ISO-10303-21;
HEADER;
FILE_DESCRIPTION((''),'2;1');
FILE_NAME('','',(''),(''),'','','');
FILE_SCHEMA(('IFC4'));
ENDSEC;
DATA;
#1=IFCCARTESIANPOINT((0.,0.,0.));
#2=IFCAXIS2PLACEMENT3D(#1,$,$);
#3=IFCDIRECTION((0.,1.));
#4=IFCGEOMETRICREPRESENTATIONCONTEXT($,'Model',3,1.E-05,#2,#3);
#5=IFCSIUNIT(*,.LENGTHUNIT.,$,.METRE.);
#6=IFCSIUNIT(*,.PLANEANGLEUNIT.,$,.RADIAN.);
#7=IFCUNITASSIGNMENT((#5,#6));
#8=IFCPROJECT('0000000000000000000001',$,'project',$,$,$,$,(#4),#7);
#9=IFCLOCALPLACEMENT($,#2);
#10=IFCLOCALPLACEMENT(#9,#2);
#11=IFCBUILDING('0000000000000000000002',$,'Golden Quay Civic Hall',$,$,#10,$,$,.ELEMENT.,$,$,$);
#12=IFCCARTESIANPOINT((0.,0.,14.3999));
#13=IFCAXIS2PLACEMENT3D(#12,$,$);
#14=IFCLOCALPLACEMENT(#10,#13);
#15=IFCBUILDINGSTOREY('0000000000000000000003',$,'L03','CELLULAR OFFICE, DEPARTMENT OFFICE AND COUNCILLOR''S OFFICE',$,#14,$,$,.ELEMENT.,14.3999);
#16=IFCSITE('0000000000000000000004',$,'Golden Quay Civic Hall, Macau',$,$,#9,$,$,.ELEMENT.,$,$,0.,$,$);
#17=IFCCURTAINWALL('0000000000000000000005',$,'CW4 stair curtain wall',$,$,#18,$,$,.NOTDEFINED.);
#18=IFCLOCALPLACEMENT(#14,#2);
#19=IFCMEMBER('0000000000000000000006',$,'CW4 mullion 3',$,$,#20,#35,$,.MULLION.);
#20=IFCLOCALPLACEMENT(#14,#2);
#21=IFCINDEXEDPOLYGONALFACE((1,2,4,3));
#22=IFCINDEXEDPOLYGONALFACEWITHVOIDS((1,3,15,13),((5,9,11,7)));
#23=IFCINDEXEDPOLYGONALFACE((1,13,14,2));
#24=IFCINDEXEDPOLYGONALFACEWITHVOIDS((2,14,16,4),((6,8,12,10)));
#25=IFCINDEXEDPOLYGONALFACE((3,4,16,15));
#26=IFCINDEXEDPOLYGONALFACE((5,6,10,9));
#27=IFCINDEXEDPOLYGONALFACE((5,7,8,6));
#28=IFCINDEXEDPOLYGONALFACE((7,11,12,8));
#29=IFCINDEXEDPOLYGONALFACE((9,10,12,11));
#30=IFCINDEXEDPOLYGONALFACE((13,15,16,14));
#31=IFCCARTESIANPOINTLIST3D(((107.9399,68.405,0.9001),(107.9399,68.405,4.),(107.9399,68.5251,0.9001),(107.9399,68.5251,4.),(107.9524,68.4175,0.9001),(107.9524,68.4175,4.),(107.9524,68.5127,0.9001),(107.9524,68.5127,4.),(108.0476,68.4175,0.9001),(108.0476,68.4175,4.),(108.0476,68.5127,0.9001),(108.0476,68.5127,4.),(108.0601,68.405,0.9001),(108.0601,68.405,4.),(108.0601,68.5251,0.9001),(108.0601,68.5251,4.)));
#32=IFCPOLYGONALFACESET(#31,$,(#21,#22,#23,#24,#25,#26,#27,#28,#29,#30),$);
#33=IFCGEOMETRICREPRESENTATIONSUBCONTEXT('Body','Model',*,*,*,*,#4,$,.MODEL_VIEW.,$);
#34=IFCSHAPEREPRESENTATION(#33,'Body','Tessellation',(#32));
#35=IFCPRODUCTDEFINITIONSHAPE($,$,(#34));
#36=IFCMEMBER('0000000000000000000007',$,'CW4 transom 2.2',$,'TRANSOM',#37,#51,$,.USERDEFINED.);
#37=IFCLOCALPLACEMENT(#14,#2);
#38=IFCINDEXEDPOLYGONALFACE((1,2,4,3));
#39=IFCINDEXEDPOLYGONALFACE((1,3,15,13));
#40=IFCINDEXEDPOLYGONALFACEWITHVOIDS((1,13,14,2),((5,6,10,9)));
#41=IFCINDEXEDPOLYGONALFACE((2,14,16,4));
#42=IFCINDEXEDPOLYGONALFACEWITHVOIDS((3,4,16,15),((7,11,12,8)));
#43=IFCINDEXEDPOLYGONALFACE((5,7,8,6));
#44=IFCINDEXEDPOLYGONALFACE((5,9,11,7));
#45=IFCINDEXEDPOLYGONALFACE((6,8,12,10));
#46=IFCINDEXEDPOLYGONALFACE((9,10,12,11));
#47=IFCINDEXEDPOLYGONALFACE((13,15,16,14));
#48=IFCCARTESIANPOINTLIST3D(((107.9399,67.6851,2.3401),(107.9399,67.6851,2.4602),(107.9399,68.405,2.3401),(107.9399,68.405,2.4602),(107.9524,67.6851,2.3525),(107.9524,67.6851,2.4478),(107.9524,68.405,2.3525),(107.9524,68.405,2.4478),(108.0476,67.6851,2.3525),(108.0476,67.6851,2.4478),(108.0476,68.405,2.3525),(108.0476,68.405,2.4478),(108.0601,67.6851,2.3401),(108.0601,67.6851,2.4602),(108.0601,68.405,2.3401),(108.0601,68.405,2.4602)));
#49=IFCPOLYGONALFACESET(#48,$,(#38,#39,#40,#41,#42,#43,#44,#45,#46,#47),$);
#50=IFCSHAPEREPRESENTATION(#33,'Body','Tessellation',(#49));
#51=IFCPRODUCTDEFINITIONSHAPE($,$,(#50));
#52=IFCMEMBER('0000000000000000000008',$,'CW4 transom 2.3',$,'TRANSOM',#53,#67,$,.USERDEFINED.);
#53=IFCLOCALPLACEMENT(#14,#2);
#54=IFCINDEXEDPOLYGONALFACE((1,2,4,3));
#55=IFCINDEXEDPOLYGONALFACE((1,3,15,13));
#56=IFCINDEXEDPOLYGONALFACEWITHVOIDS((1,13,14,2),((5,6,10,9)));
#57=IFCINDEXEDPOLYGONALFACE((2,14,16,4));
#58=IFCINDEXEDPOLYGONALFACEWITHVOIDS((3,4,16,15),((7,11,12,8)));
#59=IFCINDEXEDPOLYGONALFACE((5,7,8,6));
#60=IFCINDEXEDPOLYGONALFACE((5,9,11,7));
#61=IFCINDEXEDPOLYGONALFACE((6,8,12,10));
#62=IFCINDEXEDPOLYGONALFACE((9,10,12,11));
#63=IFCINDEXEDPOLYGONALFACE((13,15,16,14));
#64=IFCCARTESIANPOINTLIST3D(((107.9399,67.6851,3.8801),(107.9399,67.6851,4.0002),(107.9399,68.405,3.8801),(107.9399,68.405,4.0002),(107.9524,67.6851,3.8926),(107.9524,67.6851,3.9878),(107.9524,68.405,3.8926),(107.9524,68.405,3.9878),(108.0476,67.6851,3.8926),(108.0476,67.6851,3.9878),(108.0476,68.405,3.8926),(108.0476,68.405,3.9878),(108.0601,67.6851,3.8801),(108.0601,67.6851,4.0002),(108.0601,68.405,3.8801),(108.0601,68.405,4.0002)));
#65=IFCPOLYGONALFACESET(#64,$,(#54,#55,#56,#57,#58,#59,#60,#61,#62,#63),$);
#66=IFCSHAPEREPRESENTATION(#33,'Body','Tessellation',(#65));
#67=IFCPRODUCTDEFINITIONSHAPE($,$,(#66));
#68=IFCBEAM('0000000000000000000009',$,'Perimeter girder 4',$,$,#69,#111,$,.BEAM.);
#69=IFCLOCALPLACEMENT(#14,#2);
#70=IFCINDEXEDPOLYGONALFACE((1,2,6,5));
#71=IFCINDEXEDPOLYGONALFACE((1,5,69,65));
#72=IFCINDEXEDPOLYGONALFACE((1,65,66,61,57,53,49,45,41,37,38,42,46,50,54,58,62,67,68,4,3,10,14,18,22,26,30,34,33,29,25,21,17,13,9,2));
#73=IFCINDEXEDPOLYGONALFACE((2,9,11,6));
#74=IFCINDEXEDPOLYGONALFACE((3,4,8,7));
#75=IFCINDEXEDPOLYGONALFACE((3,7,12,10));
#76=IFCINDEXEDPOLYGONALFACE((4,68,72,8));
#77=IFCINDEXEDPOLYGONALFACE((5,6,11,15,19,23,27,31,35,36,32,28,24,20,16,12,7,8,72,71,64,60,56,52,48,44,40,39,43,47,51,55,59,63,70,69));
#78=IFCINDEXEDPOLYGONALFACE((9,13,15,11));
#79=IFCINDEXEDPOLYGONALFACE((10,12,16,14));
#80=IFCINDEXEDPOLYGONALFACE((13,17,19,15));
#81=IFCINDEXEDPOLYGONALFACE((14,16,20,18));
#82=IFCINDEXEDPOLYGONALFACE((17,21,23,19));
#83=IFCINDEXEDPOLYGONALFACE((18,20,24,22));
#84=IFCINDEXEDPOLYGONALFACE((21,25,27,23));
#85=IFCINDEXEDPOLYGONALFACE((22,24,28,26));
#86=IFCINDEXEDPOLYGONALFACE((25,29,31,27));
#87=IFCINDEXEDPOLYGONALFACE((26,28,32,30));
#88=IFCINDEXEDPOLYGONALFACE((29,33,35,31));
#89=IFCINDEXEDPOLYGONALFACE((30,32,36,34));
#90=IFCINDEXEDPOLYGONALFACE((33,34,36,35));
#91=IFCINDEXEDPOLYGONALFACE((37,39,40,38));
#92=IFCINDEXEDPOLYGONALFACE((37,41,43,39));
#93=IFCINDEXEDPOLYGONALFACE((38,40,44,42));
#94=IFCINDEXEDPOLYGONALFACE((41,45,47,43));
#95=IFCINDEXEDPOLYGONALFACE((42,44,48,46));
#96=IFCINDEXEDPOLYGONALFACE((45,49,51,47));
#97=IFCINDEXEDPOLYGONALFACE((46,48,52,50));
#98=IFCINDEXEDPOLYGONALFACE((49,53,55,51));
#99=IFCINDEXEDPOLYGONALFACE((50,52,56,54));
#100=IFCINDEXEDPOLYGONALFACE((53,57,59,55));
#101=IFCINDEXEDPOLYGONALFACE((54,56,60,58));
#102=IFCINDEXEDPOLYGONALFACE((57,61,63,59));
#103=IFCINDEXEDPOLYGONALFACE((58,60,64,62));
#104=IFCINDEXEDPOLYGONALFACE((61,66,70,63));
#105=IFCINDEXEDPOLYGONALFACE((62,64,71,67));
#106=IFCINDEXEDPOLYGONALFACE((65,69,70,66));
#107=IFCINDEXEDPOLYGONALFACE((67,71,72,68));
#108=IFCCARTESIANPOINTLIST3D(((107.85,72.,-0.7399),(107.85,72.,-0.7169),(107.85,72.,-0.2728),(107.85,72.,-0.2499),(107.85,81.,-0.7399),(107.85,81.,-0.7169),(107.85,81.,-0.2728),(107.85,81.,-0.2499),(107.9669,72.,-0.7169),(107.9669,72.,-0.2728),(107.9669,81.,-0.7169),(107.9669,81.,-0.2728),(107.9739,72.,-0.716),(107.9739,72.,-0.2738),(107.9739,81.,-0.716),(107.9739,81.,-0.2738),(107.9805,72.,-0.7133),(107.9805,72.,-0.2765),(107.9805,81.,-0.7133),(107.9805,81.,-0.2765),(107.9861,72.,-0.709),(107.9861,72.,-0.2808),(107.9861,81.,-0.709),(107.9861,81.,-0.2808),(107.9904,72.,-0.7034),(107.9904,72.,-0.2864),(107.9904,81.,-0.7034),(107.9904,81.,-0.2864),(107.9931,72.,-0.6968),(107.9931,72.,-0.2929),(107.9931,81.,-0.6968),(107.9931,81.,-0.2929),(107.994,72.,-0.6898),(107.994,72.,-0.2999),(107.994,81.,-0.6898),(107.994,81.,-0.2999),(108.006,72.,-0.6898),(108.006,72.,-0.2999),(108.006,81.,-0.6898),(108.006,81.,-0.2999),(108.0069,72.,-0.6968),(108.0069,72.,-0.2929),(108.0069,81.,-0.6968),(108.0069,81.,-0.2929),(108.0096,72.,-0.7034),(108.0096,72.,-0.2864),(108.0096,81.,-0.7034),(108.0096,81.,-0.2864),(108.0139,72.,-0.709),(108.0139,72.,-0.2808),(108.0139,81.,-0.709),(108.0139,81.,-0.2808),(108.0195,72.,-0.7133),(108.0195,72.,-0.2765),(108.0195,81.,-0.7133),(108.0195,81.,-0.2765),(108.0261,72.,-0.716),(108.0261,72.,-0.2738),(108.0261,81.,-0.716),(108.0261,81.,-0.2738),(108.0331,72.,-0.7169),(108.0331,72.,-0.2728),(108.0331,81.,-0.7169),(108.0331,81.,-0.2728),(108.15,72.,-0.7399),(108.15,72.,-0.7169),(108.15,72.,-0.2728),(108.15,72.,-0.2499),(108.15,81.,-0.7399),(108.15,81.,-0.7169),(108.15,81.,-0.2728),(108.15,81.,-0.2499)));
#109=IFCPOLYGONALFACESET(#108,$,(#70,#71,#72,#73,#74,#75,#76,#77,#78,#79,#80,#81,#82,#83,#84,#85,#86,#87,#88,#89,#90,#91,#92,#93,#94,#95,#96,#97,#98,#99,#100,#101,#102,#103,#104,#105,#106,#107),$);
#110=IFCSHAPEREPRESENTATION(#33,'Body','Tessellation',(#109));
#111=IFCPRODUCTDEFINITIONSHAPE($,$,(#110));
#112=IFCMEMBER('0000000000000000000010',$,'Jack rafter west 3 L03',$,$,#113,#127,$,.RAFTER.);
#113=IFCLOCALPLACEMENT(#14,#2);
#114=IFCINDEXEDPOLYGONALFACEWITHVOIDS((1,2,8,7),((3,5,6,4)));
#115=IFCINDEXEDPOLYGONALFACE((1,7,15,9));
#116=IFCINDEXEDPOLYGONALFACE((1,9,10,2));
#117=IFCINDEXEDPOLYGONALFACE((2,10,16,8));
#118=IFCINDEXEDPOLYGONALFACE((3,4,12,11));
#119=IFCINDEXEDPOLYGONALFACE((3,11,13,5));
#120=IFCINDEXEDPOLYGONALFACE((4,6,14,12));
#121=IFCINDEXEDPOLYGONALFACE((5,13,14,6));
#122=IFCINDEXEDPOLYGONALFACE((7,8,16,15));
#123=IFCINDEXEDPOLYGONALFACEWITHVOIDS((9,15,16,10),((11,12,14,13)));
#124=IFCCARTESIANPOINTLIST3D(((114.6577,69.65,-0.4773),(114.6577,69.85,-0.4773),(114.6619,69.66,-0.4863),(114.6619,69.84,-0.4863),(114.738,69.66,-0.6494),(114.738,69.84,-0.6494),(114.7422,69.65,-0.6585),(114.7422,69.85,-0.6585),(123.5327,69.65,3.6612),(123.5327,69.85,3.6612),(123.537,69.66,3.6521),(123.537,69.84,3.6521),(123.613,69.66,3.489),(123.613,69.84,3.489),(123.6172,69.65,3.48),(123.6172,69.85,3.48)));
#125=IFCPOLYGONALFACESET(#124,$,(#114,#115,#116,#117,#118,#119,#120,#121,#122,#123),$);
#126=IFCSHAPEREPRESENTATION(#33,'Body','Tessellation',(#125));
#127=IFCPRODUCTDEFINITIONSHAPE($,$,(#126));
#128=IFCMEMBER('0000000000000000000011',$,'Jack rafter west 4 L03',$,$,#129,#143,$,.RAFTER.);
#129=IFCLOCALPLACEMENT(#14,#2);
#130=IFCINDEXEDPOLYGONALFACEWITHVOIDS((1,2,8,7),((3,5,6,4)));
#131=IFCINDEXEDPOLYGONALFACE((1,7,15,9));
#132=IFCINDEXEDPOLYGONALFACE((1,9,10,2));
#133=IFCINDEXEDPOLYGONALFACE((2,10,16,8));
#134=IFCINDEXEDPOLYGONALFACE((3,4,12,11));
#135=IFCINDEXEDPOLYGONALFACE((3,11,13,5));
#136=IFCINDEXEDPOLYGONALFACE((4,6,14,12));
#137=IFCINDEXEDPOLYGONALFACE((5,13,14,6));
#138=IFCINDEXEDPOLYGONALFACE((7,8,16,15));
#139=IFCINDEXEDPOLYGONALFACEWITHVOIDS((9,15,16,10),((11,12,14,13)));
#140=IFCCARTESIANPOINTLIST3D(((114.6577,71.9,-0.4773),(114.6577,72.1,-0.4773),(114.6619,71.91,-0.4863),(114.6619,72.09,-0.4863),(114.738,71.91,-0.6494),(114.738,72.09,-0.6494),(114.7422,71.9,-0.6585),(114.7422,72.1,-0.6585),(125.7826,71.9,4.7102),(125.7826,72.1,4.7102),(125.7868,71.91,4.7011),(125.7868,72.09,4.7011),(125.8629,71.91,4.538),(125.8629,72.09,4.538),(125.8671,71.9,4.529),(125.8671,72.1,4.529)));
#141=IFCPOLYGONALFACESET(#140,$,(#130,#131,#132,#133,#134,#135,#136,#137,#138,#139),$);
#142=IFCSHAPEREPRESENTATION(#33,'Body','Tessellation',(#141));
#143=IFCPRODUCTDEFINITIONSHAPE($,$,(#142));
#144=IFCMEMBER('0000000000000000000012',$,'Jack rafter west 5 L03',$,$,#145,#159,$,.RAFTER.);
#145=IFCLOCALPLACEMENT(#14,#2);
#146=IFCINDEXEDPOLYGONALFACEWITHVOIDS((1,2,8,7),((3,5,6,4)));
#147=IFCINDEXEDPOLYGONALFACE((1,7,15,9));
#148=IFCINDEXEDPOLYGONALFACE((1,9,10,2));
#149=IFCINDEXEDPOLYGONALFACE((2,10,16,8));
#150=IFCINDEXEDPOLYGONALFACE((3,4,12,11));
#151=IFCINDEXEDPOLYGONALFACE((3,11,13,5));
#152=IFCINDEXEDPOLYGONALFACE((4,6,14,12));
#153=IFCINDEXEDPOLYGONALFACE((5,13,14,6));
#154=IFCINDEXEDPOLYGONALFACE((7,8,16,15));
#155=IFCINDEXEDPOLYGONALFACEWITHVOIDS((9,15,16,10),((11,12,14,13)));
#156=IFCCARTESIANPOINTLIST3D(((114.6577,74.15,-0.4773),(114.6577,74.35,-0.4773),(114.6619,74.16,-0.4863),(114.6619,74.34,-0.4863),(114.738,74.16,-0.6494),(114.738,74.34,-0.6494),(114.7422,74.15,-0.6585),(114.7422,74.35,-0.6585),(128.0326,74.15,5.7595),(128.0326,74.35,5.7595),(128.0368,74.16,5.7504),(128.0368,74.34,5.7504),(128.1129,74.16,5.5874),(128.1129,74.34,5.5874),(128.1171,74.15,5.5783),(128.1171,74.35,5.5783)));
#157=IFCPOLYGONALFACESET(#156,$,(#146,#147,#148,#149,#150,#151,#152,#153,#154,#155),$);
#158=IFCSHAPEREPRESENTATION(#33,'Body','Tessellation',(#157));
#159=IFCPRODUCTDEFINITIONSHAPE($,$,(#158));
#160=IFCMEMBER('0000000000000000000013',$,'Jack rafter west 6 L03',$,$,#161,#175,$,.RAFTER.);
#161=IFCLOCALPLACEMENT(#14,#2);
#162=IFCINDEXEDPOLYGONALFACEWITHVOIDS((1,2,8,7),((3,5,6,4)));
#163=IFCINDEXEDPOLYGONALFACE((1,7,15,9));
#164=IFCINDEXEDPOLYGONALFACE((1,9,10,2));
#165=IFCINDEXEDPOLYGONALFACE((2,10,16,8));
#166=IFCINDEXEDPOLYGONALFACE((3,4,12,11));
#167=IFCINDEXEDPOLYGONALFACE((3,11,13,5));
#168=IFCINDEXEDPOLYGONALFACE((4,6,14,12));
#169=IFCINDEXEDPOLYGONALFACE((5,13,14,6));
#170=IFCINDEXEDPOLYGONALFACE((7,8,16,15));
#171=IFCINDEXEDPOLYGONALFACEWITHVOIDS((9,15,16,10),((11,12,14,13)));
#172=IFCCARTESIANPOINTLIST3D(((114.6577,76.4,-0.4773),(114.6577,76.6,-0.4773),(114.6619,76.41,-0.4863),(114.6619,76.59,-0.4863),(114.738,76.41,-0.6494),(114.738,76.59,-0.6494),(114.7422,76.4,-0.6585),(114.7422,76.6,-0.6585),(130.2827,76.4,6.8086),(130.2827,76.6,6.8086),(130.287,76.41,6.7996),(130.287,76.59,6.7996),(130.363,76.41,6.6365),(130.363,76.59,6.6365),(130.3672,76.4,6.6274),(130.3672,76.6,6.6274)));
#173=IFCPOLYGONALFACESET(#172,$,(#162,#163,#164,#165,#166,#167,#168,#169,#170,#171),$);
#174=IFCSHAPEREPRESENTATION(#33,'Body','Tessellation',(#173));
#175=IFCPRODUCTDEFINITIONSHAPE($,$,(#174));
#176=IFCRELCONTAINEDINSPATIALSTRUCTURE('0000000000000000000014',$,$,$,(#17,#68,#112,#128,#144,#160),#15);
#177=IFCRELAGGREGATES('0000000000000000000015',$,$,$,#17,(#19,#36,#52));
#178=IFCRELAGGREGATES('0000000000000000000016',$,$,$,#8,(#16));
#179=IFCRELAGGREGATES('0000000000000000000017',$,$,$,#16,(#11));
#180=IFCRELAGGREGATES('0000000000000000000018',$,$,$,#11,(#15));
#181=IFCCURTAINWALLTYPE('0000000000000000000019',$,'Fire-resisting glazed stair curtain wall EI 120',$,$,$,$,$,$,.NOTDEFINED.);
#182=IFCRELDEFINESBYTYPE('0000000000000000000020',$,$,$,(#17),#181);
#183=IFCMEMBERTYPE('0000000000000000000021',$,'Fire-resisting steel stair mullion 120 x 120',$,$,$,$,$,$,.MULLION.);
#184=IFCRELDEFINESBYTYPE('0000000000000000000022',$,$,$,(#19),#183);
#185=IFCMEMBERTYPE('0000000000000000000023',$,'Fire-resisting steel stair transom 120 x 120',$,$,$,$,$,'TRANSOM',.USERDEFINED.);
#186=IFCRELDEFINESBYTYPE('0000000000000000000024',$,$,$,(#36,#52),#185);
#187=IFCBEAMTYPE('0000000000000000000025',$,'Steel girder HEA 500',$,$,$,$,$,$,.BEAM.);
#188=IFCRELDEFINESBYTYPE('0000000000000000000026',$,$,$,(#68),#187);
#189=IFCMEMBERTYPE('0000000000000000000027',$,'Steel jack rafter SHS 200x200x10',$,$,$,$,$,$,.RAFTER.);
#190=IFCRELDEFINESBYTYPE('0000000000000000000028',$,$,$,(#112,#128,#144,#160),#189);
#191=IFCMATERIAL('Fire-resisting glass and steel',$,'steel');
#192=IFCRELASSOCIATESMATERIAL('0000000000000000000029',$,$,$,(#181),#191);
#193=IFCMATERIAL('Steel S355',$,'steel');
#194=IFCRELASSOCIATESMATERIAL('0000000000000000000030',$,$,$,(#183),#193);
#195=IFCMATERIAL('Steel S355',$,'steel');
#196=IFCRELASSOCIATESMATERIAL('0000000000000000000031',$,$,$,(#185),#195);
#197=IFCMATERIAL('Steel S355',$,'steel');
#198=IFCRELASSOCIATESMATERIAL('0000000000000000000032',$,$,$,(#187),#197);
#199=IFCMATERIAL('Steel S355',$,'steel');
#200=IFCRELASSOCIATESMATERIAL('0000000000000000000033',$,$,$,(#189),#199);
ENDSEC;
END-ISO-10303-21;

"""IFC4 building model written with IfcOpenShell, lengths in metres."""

from ifc_helpers import new_model, si_unit, direction, frame, origin, origin_2d, place, context, subcontext, project, spatial, hollow_rectangle, i_section, extrude, material, material_profile, profile_set, type_object, element, aggregate, save


model = new_model("IFC4")

# Units and contexts
model_context = context("Model", 3, precision=1e-05, world=origin(), true_north=direction((0.0, 1.0)))
body_context = subcontext(model_context, "Body", "Model", "MODEL_VIEW")
ifc_project = project(units=[si_unit("LENGTHUNIT", "METRE"), si_unit("PLANEANGLEUNIT", "RADIAN")], contexts=[model_context])

# Site, building, storey
site_placement = place(None, origin())
site = spatial("IfcSite", under=ifc_project, at=site_placement, Name="Golden Quay Civic Hall, Macau", CompositionType="ELEMENT", RefElevation=0.0)
building_placement = place(site_placement, origin())
building = spatial("IfcBuilding", under=site, at=building_placement, Name="Golden Quay Civic Hall", CompositionType="ELEMENT")
storey_placement = place(building_placement, frame((0.0, 0.0, 14.3999)))
storey = spatial("IfcBuildingStorey", under=building, at=storey_placement, Name="L03", Description="CELLULAR OFFICE, DEPARTMENT OFFICE AND COUNCILLOR'S OFFICE", CompositionType="ELEMENT", Elevation=14.3999)

# Curtain wall, members
ifc_material_1 = material(Name="Fire-resisting glass and steel", Category="steel")
curtain_wall_type = type_object("IfcCurtainWallType", Name="Fire-resisting glazed stair curtain wall EI 120", PredefinedType="NOTDEFINED", material=ifc_material_1)
curtain_wall_placement = place(storey_placement, origin())
curtain_wall = element("IfcCurtainWall", 1, at=curtain_wall_placement, inside=storey, type_object=curtain_wall_type, Name="CW4 stair curtain wall", PredefinedType="NOTDEFINED")
ifc_material_2 = material(Name="Steel S355", Category="steel")
ifc_material_profile_1 = material_profile(ifc_material_2, hollow_rectangle(XDim=0.1201, YDim=0.1201, WallThickness=0.0125, at=origin_2d()), Name="SHS 120x120x12.5")
ifc_profile_set_1 = profile_set([ifc_material_profile_1], Name="Steel S355")
member_type_1 = type_object("IfcMemberType", Name="Fire-resisting steel stair mullion 120 x 120", PredefinedType="MULLION", material=ifc_profile_set_1)
member_1_placement = place(storey_placement, frame((108.0, 68.4651, 0.9001), z_axis=(0.0, 0.0, 1.0), x_axis=(-1.0, 0.0, 0.0)))
member_1 = element("IfcMember", 2, at=member_1_placement, type_object=member_type_1, Name="CW4 mullion 3", PredefinedType="MULLION", context=body_context, shape_type="SweptSolid", body=[
    extrude(hollow_rectangle(XDim=0.1201, YDim=0.1201, WallThickness=0.0125, at=origin_2d()), origin(), (0.0, 0.0, 1.0), 3.0999),
])
ifc_material_3 = material(Name="Steel S355", Category="steel")
ifc_material_profile_2 = material_profile(ifc_material_3, hollow_rectangle(XDim=0.1201, YDim=0.1201, WallThickness=0.0125, at=origin_2d()), Name="SHS 120x120x12.5")
ifc_profile_set_2 = profile_set([ifc_material_profile_2], Name="Steel S355")
member_type_2 = type_object("IfcMemberType", Name="Fire-resisting steel stair transom 120 x 120", ElementType="TRANSOM", PredefinedType="USERDEFINED", material=ifc_profile_set_2)
member_2_placement = place(storey_placement, frame((108.0, 67.6851, 2.4001), z_axis=(0.0, 1.0, 0.0), x_axis=(-1.0, 0.0, 0.0)))
member_2 = element("IfcMember", 3, at=member_2_placement, type_object=member_type_2, Name="CW4 transom 2.2", ObjectType="TRANSOM", PredefinedType="USERDEFINED", context=body_context, shape_type="SweptSolid", body=[
    extrude(hollow_rectangle(XDim=0.1201, YDim=0.1201, WallThickness=0.0125, at=origin_2d()), origin(), (0.0, 0.0, 1.0), 0.72),
])
member_3_placement = place(storey_placement, frame((108.0, 67.6851, 3.9402), z_axis=(0.0, 1.0, 0.0), x_axis=(-1.0, 0.0, 0.0)))
member_3 = element("IfcMember", 4, at=member_3_placement, type_object=member_type_2, Name="CW4 transom 2.3", ObjectType="TRANSOM", PredefinedType="USERDEFINED", context=body_context, shape_type="SweptSolid", body=[
    extrude(hollow_rectangle(XDim=0.1201, YDim=0.1201, WallThickness=0.0125, at=origin_2d()), origin(), (0.0, 0.0, 1.0), 0.72),
])

# Beam
ifc_material_4 = material(Name="Steel S355", Category="steel")
ifc_material_profile_3 = material_profile(ifc_material_4, i_section(OverallWidth=0.3, OverallDepth=0.49, WebThickness=0.012, FlangeThickness=0.0229, FilletRadius=0.0271, at=origin_2d()), Name="HEA 500")
ifc_profile_set_3 = profile_set([ifc_material_profile_3], Name="Steel S355")
beam_type_1 = type_object("IfcBeamType", Name="Steel girder HEA 500", PredefinedType="BEAM", material=ifc_profile_set_3)
beam_1_placement = place(storey_placement, frame((108.0, 72.0, -0.4949), z_axis=(0.0, 1.0, 0.0), x_axis=(-1.0, 0.0, 0.0)))
element("IfcBeam", 5, at=beam_1_placement, inside=storey, type_object=beam_type_1, Name="Perimeter girder 4", PredefinedType="BEAM", context=body_context, shape_type="SweptSolid", body=[
    extrude(i_section(OverallWidth=0.3, OverallDepth=0.49, WebThickness=0.012, FlangeThickness=0.0229, FilletRadius=0.0271, at=origin_2d()), origin(), (0.0, 0.0, 1.0), 9.0),
])

# Members
ifc_material_5 = material(Name="Steel S355", Category="steel")
ifc_material_profile_4 = material_profile(ifc_material_5, hollow_rectangle(XDim=0.2, YDim=0.2, WallThickness=0.01, at=origin_2d()), Name="SHS 200x200x10")
ifc_profile_set_4 = profile_set([ifc_material_profile_4], Name="Steel S355")
member_type_3 = type_object("IfcMemberType", Name="Steel jack rafter SHS 200x200x10", PredefinedType="RAFTER", material=ifc_profile_set_4)
member_4_placement = place(storey_placement, frame((114.7, 69.75, -0.5679), z_axis=(0.90631, 0.0, 0.422614), x_axis=(0.0, 1.0, 0.0)))
element("IfcMember", 6, at=member_4_placement, inside=storey, type_object=member_type_3, Name="Jack rafter west 3 L03", PredefinedType="RAFTER", context=body_context, shape_type="SweptSolid", body=[
    extrude(hollow_rectangle(XDim=0.2, YDim=0.2, WallThickness=0.01, at=origin_2d()), origin(), (0.0, 0.0, 1.0), 9.7925),
])
member_5_placement = place(storey_placement, frame((114.7, 72.0, -0.5679), z_axis=(0.906313, 0.0, 0.422607), x_axis=(0.0, 1.0, 0.0)))
element("IfcMember", 7, at=member_5_placement, inside=storey, type_object=member_type_3, Name="Jack rafter west 4 L03", PredefinedType="RAFTER", context=body_context, shape_type="SweptSolid", body=[
    extrude(hollow_rectangle(XDim=0.2, YDim=0.2, WallThickness=0.01, at=origin_2d()), origin(), (0.0, 0.0, 1.0), 12.2749),
])
member_6_placement = place(storey_placement, frame((114.7, 74.25, -0.5679), z_axis=(0.906309, 0.0, 0.422616), x_axis=(0.0, 1.0, 0.0)))
element("IfcMember", 8, at=member_6_placement, inside=storey, type_object=member_type_3, Name="Jack rafter west 5 L03", PredefinedType="RAFTER", context=body_context, shape_type="SweptSolid", body=[
    extrude(hollow_rectangle(XDim=0.2, YDim=0.2, WallThickness=0.01, at=origin_2d()), origin(), (0.0, 0.0, 1.0), 14.7576),
])
member_7_placement = place(storey_placement, frame((114.7, 76.5, -0.5679), z_axis=(0.906312, 0.0, 0.42261), x_axis=(0.0, 1.0, 0.0)))
element("IfcMember", 9, at=member_7_placement, inside=storey, type_object=member_type_3, Name="Jack rafter west 6 L03", PredefinedType="RAFTER", context=body_context, shape_type="SweptSolid", body=[
    extrude(hollow_rectangle(XDim=0.2, YDim=0.2, WallThickness=0.01, at=origin_2d()), origin(), (0.0, 0.0, 1.0), 17.2402),
])

aggregate(curtain_wall, [member_1, member_2, member_3])

save(model, "model.ifc")
